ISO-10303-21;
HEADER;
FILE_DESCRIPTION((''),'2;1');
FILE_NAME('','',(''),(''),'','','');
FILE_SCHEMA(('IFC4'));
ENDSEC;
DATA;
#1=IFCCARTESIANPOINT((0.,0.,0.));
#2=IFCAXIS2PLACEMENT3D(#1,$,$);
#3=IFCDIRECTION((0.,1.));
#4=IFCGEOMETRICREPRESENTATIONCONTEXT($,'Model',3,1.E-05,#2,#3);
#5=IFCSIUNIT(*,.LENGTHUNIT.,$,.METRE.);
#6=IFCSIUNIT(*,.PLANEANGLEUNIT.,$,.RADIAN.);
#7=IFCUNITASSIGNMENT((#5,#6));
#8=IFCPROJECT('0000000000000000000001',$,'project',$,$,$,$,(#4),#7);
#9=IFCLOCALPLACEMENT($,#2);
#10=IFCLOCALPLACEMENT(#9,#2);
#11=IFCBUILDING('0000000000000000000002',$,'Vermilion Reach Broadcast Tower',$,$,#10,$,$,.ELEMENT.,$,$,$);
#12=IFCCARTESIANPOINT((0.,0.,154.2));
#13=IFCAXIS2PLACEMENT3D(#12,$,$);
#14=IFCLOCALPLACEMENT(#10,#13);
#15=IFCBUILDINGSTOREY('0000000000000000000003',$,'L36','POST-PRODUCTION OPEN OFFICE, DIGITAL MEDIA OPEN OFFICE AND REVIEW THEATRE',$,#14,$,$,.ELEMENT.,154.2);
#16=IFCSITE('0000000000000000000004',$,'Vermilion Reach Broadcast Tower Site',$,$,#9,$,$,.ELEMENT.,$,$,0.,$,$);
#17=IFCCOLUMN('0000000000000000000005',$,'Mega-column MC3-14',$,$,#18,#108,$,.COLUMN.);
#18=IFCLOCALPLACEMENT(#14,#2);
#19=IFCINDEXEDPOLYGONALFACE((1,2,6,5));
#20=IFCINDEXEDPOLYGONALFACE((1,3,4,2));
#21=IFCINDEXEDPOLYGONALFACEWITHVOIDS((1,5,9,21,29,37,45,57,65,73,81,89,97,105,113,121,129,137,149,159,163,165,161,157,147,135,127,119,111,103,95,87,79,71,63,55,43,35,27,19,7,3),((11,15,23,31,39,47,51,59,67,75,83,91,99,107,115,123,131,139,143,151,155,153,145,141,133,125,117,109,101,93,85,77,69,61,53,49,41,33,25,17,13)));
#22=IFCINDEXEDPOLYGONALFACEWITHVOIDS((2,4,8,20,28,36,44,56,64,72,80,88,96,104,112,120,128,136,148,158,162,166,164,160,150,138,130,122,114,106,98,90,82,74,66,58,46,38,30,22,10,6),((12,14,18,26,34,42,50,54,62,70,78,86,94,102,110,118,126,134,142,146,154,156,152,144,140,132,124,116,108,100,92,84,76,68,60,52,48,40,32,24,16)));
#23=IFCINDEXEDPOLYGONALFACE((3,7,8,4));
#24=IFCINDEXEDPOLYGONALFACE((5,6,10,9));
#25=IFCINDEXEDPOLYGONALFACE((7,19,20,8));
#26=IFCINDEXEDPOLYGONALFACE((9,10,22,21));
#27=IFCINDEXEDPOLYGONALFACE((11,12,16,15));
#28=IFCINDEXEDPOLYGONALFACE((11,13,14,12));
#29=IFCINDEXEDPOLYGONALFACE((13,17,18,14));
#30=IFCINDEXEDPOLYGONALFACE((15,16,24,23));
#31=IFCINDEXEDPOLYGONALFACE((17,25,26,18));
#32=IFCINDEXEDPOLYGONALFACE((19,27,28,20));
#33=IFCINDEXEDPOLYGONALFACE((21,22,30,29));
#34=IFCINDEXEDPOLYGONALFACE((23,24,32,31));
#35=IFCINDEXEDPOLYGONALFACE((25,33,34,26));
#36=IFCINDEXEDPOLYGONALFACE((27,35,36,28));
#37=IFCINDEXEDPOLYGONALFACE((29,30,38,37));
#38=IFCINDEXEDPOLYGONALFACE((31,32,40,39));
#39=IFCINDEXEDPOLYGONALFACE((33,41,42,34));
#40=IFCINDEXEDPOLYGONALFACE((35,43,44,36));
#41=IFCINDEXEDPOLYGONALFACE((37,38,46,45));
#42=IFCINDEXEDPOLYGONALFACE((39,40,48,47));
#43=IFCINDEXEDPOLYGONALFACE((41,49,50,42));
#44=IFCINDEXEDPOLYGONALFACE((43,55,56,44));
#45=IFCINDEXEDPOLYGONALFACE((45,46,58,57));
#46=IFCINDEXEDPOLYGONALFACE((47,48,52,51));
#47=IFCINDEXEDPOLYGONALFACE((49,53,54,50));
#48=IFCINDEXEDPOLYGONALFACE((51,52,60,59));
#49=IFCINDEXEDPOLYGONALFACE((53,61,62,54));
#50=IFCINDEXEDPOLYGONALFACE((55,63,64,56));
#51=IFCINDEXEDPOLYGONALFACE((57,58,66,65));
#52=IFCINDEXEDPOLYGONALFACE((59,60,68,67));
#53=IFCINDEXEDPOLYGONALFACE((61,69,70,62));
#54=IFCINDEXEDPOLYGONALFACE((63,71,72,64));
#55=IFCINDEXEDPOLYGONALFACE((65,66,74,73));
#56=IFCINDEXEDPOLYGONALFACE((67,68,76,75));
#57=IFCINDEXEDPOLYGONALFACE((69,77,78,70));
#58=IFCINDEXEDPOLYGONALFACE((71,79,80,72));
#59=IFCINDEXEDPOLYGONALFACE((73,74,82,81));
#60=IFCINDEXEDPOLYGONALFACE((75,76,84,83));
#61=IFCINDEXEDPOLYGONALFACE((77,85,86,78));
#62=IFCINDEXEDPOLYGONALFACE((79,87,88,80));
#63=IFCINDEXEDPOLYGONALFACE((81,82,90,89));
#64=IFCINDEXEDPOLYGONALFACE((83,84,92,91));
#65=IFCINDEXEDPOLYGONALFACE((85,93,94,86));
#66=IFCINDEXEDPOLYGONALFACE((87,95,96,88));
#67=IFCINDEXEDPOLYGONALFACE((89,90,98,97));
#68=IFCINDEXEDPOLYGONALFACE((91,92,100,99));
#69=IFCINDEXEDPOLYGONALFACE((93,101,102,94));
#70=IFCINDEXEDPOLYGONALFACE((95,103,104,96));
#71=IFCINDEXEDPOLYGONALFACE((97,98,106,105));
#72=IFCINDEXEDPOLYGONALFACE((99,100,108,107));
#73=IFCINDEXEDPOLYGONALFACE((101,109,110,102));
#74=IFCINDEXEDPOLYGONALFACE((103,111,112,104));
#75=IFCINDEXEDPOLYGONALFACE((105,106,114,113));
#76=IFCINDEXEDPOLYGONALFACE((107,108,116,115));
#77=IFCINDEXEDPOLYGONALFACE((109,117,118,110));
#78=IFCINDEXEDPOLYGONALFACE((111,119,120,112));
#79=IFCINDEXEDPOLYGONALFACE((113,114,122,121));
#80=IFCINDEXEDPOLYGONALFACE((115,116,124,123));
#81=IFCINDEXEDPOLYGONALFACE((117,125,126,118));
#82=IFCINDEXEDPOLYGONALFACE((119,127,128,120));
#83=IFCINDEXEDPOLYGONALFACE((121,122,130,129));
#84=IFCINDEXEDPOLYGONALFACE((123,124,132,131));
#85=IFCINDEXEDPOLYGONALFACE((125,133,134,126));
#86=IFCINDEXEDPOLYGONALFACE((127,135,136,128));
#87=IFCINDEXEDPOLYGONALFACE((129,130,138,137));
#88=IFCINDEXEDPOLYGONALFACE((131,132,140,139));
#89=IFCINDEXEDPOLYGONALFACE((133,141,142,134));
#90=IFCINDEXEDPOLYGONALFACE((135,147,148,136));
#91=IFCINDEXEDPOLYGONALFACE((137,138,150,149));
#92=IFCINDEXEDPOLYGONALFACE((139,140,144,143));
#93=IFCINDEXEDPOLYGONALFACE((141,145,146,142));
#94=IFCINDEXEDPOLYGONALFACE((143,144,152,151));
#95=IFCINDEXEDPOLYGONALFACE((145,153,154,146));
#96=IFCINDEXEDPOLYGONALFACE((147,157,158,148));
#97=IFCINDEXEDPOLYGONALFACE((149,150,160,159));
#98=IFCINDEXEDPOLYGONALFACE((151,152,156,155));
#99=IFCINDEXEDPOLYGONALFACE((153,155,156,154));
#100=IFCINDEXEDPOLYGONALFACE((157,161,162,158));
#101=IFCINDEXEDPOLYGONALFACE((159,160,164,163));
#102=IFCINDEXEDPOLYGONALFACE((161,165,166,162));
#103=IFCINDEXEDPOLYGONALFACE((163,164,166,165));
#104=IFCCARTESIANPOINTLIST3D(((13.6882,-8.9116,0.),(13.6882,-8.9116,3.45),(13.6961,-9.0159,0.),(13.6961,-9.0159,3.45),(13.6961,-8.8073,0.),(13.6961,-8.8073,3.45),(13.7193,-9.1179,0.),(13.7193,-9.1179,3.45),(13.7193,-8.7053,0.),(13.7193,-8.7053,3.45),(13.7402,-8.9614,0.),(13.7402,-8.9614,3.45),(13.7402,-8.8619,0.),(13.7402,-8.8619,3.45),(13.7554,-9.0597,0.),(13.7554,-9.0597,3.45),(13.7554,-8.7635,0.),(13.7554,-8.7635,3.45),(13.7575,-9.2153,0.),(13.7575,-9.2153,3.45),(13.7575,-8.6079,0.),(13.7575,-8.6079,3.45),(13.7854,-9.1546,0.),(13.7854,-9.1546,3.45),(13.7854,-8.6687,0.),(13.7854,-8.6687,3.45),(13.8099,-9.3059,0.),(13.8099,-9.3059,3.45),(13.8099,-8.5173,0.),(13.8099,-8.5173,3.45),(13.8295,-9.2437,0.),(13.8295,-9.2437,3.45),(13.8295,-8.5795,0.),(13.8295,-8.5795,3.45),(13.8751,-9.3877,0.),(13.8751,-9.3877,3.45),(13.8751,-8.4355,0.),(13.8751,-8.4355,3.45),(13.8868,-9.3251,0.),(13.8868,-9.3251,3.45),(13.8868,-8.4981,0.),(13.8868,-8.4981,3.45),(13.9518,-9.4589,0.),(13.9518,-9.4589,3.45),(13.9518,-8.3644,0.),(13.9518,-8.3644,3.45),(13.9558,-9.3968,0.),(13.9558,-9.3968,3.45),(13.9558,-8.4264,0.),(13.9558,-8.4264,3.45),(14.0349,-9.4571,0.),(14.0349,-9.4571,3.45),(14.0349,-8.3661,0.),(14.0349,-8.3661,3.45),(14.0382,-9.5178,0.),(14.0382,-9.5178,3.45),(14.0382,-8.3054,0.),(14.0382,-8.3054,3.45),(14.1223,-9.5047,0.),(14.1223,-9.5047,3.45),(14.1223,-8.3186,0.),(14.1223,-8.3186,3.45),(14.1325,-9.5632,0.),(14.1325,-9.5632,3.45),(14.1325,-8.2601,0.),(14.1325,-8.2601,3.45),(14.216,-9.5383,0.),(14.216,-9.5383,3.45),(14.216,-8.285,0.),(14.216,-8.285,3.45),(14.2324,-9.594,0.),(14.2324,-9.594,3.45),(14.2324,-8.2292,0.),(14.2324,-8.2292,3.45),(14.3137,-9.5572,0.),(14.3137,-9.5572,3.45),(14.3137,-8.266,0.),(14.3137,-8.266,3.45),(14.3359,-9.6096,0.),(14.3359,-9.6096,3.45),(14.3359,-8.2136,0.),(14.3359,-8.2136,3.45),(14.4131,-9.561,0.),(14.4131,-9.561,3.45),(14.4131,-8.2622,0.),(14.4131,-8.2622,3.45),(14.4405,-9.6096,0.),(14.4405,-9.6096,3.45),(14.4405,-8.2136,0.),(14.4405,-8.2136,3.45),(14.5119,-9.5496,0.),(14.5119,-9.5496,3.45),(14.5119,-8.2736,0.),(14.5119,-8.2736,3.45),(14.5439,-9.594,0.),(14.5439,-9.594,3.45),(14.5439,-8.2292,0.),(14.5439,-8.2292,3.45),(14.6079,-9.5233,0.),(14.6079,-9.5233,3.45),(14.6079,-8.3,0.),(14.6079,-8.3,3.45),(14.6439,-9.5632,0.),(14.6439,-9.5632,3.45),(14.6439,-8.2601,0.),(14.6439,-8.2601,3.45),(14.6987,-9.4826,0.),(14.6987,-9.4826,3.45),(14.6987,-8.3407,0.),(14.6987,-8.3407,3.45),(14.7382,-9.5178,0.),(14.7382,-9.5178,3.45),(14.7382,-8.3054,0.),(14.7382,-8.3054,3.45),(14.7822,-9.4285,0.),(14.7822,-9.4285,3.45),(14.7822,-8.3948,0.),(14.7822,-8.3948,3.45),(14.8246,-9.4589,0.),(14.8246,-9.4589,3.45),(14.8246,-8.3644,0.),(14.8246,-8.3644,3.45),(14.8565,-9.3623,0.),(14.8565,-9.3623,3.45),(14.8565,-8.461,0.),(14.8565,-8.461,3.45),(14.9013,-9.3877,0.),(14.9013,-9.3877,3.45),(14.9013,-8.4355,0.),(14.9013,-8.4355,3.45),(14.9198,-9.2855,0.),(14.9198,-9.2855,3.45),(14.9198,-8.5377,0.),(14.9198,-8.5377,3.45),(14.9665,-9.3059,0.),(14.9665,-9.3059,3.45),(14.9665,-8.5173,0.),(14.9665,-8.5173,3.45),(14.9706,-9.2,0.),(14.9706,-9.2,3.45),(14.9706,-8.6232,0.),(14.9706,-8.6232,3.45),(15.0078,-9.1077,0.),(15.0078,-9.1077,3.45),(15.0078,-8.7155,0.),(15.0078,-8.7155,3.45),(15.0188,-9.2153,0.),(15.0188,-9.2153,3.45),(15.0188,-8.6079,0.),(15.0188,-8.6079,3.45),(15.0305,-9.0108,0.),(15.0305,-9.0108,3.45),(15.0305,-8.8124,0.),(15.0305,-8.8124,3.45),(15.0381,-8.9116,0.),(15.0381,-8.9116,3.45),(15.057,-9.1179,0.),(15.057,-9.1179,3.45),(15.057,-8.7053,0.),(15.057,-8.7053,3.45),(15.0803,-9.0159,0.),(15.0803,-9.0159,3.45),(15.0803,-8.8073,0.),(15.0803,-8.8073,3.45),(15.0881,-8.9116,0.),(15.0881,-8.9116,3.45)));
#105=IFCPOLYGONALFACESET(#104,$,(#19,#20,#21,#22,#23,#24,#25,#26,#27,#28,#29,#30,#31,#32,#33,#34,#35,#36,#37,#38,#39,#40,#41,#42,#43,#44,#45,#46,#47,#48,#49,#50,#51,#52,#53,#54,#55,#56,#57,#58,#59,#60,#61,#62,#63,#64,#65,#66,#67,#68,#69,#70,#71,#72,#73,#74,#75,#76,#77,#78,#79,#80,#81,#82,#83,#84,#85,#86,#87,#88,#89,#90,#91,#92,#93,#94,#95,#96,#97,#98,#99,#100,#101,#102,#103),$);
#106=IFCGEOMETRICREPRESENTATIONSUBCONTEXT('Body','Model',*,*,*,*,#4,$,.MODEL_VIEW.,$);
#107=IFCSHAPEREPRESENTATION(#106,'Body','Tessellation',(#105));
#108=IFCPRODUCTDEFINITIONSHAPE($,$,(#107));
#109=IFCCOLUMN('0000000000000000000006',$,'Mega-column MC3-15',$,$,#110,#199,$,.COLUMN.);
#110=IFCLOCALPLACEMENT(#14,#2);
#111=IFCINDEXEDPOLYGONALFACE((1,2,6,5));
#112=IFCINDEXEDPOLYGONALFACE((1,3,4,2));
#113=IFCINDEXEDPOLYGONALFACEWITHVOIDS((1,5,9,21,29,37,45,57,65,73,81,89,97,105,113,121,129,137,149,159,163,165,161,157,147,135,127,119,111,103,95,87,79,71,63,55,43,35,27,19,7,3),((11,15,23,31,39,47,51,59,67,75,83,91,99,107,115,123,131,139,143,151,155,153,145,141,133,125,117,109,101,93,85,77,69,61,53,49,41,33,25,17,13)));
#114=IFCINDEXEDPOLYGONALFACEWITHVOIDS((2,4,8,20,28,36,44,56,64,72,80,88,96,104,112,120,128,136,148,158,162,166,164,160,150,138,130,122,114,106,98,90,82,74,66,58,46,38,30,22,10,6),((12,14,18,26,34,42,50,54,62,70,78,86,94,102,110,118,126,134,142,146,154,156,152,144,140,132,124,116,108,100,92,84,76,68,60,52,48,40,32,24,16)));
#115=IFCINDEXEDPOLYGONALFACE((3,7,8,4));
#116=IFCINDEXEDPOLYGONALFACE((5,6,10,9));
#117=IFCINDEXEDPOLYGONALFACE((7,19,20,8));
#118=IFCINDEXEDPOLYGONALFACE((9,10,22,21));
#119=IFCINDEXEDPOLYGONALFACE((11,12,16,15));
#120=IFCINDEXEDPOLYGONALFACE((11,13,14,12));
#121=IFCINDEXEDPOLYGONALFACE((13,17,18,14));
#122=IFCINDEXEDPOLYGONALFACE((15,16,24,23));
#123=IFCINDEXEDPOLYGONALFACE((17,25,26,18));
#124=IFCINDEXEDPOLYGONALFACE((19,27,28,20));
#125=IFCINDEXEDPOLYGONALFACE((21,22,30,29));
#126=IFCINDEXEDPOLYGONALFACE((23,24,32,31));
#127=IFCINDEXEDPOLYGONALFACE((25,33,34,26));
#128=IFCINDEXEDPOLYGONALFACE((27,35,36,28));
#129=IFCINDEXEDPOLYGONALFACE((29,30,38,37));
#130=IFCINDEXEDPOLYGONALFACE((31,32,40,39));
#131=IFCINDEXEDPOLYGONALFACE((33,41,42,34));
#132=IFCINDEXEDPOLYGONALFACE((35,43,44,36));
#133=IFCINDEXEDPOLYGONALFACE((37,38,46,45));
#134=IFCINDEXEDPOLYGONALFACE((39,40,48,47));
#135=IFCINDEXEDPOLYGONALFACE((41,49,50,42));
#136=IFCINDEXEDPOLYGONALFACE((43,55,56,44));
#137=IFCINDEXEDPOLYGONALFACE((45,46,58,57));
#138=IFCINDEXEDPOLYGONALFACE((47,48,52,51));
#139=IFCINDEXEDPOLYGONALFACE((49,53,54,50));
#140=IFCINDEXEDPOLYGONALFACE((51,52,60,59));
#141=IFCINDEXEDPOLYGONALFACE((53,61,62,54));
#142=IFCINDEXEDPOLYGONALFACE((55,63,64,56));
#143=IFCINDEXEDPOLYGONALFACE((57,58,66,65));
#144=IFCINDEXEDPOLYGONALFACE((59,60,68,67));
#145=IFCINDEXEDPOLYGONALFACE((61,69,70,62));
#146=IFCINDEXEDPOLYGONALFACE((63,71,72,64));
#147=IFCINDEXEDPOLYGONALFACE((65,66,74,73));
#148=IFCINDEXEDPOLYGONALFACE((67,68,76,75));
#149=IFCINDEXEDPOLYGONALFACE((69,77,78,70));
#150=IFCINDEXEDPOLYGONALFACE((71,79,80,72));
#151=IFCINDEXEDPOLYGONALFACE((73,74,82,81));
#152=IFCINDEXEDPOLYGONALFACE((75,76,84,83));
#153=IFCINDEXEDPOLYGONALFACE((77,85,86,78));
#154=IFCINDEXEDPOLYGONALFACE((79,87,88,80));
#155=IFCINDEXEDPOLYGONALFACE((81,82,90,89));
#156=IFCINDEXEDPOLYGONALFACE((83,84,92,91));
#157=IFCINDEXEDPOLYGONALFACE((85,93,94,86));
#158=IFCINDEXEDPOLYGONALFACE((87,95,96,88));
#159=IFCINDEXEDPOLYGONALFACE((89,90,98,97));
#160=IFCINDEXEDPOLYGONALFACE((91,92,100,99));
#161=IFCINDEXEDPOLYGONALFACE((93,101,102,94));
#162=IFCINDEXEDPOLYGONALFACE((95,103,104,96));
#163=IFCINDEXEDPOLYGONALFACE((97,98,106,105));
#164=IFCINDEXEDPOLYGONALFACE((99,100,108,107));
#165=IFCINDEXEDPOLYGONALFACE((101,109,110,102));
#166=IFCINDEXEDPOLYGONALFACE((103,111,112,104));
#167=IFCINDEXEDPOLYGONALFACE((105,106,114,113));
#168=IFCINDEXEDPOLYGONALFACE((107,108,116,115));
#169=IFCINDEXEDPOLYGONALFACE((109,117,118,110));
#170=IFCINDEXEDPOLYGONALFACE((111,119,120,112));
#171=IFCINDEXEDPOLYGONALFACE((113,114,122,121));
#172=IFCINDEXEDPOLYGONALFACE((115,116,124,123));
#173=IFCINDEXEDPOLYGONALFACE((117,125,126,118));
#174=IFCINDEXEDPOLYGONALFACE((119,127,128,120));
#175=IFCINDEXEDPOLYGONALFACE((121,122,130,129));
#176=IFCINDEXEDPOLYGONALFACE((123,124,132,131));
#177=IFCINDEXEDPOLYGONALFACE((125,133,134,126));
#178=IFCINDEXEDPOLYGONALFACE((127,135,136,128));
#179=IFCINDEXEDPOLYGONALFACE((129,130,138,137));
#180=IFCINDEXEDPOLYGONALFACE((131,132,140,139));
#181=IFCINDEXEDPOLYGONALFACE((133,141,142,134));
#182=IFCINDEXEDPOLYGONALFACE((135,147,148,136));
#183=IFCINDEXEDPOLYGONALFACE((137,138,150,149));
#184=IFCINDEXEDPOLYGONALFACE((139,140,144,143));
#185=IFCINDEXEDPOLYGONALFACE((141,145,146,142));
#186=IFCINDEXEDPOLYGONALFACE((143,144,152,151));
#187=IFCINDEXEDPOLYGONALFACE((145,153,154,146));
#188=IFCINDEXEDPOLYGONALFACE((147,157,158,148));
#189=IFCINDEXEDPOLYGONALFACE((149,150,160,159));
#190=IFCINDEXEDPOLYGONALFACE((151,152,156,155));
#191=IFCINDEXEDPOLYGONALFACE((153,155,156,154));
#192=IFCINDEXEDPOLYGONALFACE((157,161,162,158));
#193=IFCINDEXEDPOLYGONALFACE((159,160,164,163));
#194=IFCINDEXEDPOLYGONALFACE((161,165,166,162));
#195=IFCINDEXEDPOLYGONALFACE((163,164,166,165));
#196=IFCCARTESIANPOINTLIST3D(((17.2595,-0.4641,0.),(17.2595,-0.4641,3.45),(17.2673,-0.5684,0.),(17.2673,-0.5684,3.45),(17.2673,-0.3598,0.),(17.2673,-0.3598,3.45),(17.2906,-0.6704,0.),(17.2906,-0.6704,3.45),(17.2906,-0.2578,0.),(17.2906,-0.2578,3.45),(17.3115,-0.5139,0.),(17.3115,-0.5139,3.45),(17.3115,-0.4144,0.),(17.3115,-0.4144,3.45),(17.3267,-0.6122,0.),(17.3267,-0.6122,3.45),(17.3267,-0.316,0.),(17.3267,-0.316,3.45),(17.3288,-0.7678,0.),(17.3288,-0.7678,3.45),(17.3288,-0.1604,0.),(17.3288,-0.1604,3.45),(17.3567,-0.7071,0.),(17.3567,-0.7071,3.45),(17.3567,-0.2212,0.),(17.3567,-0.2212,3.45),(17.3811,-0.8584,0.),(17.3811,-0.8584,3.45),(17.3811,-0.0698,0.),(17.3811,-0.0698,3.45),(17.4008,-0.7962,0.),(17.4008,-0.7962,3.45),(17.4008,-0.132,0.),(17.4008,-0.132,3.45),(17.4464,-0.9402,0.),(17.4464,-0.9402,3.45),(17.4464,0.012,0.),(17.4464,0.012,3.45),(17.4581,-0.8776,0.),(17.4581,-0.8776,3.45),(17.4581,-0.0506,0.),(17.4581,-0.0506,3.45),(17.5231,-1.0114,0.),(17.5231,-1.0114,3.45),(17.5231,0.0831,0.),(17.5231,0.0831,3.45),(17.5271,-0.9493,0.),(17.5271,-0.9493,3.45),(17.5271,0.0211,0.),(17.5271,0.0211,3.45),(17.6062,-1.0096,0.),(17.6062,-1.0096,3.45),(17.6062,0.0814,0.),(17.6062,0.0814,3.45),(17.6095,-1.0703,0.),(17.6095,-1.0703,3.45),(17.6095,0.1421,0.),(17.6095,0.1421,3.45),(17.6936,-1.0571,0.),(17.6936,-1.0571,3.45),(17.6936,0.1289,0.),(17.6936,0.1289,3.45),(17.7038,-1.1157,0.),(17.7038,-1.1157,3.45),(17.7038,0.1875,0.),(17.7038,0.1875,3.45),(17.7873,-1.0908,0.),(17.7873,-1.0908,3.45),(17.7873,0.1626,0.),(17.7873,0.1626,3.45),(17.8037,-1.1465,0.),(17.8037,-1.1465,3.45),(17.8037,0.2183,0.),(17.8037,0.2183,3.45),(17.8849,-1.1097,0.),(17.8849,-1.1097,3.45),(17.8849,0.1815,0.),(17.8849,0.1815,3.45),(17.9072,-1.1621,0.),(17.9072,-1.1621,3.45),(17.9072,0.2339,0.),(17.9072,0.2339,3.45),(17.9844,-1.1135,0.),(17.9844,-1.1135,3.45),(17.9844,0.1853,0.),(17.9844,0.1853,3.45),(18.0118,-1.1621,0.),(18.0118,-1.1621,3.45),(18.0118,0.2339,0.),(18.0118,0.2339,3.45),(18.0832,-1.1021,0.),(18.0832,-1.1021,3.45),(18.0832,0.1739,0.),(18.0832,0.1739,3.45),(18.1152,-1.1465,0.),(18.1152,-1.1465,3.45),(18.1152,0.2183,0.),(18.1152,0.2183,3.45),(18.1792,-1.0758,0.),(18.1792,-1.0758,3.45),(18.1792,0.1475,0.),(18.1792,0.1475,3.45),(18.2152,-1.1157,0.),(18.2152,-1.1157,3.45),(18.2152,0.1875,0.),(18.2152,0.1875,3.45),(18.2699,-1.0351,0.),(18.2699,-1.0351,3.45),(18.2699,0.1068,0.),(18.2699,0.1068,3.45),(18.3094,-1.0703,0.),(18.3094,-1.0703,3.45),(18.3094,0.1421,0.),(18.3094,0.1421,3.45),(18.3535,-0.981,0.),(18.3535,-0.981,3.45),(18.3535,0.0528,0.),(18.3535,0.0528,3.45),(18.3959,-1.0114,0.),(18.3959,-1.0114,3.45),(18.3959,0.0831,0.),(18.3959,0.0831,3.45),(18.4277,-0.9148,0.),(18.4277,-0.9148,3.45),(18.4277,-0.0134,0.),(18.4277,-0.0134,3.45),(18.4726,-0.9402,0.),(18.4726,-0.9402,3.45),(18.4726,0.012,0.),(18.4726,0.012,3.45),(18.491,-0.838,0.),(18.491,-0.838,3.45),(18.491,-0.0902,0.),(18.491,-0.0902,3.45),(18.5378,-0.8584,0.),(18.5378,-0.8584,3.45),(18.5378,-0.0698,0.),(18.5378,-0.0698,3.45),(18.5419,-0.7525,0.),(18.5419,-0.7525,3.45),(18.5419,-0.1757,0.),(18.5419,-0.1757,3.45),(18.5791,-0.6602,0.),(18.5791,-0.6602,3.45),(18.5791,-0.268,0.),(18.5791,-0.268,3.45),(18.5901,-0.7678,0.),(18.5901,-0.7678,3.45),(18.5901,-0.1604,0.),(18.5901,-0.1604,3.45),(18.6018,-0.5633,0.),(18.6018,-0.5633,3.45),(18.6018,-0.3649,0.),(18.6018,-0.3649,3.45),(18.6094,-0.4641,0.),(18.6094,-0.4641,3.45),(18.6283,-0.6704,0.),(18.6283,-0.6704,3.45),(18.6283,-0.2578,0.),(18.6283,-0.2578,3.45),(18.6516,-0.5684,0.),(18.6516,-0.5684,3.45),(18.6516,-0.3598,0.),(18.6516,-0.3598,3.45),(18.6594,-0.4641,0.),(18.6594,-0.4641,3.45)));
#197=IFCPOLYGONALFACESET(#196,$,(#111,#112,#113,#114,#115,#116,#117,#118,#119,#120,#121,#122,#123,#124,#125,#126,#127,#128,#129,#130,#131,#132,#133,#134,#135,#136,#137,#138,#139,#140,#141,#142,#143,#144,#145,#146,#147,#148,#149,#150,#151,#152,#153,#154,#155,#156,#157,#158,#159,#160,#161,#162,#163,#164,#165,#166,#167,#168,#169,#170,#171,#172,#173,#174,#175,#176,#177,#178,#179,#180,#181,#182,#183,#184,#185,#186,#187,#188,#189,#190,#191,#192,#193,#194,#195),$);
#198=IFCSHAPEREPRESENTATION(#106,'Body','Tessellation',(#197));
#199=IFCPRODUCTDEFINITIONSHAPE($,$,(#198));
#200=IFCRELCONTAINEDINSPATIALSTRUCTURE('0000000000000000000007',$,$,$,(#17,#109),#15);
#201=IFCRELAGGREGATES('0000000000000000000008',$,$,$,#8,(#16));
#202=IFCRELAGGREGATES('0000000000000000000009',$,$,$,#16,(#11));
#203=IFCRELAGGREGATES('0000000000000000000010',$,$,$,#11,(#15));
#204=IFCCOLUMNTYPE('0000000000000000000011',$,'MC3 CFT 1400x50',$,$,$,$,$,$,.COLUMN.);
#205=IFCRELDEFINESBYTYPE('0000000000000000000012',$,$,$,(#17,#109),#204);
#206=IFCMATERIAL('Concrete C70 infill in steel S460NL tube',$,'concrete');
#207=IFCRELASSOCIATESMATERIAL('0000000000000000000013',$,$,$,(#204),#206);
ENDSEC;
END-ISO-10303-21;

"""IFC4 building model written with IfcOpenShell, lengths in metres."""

from ifc_helpers import new_model, si_unit, direction, frame, origin, origin_2d, place, context, subcontext, project, spatial, hollow_circle, extrude, material, material_profile, profile_set, type_object, element, save


model = new_model("IFC4")

# Units and contexts
model_context = context("Model", 3, precision=1e-05, world=origin(), true_north=direction((0.0, 1.0)))
body_context = subcontext(model_context, "Body", "Model", "MODEL_VIEW")
ifc_project = project(units=[si_unit("LENGTHUNIT", "METRE"), si_unit("PLANEANGLEUNIT", "RADIAN")], contexts=[model_context])

# Site, building, storey
site_placement = place(None, origin())
site = spatial("IfcSite", under=ifc_project, at=site_placement, Name="Vermilion Reach Broadcast Tower Site", CompositionType="ELEMENT", RefElevation=0.0)
building_placement = place(site_placement, origin())
building = spatial("IfcBuilding", under=site, at=building_placement, Name="Vermilion Reach Broadcast Tower", CompositionType="ELEMENT")
storey_placement = place(building_placement, frame((0.0, 0.0, 154.2)))
storey = spatial("IfcBuildingStorey", under=building, at=storey_placement, Name="L36", Description="POST-PRODUCTION OPEN OFFICE, DIGITAL MEDIA OPEN OFFICE AND REVIEW THEATRE", CompositionType="ELEMENT", Elevation=154.2)

# Columns
ifc_material_1 = material(Name="Concrete C70 infill in steel S460NL tube", Category="concrete")
ifc_material_profile_1 = material_profile(ifc_material_1, hollow_circle(Radius=0.7, WallThickness=0.05, at=origin_2d()), Name="Concrete C70 infill in steel S460NL tube CFT 1400x50")
ifc_profile_set_1 = profile_set([ifc_material_profile_1], Name="Concrete C70 infill in steel S460NL tube")
column_type = type_object("IfcColumnType", Name="MC3 CFT 1400x50", PredefinedType="COLUMN", material=ifc_profile_set_1)
for number, where, z_axis, x_axis, name in (
    (1, (14.3882, -8.9116, 0.0), (0.0, 0.0, 1.0), (1.0, 0.0, 0.0), "Mega-column MC3-14"),
    (2, (17.9595, -0.4641, 0.0), (0.0, 0.0, 1.0), (1.0, 0.0, 0.0), "Mega-column MC3-15"),
):
    element("IfcColumn", number, at=place(storey_placement, frame(where, z_axis=z_axis, x_axis=x_axis)), inside=storey, type_object=column_type, Name=name, PredefinedType="COLUMN", context=body_context, shape_type="SweptSolid", body=[
        extrude(hollow_circle(Radius=0.7, WallThickness=0.05, at=origin_2d()), origin(), (0.0, 0.0, 1.0), 3.45),
    ])

save(model, "model.ifc")
